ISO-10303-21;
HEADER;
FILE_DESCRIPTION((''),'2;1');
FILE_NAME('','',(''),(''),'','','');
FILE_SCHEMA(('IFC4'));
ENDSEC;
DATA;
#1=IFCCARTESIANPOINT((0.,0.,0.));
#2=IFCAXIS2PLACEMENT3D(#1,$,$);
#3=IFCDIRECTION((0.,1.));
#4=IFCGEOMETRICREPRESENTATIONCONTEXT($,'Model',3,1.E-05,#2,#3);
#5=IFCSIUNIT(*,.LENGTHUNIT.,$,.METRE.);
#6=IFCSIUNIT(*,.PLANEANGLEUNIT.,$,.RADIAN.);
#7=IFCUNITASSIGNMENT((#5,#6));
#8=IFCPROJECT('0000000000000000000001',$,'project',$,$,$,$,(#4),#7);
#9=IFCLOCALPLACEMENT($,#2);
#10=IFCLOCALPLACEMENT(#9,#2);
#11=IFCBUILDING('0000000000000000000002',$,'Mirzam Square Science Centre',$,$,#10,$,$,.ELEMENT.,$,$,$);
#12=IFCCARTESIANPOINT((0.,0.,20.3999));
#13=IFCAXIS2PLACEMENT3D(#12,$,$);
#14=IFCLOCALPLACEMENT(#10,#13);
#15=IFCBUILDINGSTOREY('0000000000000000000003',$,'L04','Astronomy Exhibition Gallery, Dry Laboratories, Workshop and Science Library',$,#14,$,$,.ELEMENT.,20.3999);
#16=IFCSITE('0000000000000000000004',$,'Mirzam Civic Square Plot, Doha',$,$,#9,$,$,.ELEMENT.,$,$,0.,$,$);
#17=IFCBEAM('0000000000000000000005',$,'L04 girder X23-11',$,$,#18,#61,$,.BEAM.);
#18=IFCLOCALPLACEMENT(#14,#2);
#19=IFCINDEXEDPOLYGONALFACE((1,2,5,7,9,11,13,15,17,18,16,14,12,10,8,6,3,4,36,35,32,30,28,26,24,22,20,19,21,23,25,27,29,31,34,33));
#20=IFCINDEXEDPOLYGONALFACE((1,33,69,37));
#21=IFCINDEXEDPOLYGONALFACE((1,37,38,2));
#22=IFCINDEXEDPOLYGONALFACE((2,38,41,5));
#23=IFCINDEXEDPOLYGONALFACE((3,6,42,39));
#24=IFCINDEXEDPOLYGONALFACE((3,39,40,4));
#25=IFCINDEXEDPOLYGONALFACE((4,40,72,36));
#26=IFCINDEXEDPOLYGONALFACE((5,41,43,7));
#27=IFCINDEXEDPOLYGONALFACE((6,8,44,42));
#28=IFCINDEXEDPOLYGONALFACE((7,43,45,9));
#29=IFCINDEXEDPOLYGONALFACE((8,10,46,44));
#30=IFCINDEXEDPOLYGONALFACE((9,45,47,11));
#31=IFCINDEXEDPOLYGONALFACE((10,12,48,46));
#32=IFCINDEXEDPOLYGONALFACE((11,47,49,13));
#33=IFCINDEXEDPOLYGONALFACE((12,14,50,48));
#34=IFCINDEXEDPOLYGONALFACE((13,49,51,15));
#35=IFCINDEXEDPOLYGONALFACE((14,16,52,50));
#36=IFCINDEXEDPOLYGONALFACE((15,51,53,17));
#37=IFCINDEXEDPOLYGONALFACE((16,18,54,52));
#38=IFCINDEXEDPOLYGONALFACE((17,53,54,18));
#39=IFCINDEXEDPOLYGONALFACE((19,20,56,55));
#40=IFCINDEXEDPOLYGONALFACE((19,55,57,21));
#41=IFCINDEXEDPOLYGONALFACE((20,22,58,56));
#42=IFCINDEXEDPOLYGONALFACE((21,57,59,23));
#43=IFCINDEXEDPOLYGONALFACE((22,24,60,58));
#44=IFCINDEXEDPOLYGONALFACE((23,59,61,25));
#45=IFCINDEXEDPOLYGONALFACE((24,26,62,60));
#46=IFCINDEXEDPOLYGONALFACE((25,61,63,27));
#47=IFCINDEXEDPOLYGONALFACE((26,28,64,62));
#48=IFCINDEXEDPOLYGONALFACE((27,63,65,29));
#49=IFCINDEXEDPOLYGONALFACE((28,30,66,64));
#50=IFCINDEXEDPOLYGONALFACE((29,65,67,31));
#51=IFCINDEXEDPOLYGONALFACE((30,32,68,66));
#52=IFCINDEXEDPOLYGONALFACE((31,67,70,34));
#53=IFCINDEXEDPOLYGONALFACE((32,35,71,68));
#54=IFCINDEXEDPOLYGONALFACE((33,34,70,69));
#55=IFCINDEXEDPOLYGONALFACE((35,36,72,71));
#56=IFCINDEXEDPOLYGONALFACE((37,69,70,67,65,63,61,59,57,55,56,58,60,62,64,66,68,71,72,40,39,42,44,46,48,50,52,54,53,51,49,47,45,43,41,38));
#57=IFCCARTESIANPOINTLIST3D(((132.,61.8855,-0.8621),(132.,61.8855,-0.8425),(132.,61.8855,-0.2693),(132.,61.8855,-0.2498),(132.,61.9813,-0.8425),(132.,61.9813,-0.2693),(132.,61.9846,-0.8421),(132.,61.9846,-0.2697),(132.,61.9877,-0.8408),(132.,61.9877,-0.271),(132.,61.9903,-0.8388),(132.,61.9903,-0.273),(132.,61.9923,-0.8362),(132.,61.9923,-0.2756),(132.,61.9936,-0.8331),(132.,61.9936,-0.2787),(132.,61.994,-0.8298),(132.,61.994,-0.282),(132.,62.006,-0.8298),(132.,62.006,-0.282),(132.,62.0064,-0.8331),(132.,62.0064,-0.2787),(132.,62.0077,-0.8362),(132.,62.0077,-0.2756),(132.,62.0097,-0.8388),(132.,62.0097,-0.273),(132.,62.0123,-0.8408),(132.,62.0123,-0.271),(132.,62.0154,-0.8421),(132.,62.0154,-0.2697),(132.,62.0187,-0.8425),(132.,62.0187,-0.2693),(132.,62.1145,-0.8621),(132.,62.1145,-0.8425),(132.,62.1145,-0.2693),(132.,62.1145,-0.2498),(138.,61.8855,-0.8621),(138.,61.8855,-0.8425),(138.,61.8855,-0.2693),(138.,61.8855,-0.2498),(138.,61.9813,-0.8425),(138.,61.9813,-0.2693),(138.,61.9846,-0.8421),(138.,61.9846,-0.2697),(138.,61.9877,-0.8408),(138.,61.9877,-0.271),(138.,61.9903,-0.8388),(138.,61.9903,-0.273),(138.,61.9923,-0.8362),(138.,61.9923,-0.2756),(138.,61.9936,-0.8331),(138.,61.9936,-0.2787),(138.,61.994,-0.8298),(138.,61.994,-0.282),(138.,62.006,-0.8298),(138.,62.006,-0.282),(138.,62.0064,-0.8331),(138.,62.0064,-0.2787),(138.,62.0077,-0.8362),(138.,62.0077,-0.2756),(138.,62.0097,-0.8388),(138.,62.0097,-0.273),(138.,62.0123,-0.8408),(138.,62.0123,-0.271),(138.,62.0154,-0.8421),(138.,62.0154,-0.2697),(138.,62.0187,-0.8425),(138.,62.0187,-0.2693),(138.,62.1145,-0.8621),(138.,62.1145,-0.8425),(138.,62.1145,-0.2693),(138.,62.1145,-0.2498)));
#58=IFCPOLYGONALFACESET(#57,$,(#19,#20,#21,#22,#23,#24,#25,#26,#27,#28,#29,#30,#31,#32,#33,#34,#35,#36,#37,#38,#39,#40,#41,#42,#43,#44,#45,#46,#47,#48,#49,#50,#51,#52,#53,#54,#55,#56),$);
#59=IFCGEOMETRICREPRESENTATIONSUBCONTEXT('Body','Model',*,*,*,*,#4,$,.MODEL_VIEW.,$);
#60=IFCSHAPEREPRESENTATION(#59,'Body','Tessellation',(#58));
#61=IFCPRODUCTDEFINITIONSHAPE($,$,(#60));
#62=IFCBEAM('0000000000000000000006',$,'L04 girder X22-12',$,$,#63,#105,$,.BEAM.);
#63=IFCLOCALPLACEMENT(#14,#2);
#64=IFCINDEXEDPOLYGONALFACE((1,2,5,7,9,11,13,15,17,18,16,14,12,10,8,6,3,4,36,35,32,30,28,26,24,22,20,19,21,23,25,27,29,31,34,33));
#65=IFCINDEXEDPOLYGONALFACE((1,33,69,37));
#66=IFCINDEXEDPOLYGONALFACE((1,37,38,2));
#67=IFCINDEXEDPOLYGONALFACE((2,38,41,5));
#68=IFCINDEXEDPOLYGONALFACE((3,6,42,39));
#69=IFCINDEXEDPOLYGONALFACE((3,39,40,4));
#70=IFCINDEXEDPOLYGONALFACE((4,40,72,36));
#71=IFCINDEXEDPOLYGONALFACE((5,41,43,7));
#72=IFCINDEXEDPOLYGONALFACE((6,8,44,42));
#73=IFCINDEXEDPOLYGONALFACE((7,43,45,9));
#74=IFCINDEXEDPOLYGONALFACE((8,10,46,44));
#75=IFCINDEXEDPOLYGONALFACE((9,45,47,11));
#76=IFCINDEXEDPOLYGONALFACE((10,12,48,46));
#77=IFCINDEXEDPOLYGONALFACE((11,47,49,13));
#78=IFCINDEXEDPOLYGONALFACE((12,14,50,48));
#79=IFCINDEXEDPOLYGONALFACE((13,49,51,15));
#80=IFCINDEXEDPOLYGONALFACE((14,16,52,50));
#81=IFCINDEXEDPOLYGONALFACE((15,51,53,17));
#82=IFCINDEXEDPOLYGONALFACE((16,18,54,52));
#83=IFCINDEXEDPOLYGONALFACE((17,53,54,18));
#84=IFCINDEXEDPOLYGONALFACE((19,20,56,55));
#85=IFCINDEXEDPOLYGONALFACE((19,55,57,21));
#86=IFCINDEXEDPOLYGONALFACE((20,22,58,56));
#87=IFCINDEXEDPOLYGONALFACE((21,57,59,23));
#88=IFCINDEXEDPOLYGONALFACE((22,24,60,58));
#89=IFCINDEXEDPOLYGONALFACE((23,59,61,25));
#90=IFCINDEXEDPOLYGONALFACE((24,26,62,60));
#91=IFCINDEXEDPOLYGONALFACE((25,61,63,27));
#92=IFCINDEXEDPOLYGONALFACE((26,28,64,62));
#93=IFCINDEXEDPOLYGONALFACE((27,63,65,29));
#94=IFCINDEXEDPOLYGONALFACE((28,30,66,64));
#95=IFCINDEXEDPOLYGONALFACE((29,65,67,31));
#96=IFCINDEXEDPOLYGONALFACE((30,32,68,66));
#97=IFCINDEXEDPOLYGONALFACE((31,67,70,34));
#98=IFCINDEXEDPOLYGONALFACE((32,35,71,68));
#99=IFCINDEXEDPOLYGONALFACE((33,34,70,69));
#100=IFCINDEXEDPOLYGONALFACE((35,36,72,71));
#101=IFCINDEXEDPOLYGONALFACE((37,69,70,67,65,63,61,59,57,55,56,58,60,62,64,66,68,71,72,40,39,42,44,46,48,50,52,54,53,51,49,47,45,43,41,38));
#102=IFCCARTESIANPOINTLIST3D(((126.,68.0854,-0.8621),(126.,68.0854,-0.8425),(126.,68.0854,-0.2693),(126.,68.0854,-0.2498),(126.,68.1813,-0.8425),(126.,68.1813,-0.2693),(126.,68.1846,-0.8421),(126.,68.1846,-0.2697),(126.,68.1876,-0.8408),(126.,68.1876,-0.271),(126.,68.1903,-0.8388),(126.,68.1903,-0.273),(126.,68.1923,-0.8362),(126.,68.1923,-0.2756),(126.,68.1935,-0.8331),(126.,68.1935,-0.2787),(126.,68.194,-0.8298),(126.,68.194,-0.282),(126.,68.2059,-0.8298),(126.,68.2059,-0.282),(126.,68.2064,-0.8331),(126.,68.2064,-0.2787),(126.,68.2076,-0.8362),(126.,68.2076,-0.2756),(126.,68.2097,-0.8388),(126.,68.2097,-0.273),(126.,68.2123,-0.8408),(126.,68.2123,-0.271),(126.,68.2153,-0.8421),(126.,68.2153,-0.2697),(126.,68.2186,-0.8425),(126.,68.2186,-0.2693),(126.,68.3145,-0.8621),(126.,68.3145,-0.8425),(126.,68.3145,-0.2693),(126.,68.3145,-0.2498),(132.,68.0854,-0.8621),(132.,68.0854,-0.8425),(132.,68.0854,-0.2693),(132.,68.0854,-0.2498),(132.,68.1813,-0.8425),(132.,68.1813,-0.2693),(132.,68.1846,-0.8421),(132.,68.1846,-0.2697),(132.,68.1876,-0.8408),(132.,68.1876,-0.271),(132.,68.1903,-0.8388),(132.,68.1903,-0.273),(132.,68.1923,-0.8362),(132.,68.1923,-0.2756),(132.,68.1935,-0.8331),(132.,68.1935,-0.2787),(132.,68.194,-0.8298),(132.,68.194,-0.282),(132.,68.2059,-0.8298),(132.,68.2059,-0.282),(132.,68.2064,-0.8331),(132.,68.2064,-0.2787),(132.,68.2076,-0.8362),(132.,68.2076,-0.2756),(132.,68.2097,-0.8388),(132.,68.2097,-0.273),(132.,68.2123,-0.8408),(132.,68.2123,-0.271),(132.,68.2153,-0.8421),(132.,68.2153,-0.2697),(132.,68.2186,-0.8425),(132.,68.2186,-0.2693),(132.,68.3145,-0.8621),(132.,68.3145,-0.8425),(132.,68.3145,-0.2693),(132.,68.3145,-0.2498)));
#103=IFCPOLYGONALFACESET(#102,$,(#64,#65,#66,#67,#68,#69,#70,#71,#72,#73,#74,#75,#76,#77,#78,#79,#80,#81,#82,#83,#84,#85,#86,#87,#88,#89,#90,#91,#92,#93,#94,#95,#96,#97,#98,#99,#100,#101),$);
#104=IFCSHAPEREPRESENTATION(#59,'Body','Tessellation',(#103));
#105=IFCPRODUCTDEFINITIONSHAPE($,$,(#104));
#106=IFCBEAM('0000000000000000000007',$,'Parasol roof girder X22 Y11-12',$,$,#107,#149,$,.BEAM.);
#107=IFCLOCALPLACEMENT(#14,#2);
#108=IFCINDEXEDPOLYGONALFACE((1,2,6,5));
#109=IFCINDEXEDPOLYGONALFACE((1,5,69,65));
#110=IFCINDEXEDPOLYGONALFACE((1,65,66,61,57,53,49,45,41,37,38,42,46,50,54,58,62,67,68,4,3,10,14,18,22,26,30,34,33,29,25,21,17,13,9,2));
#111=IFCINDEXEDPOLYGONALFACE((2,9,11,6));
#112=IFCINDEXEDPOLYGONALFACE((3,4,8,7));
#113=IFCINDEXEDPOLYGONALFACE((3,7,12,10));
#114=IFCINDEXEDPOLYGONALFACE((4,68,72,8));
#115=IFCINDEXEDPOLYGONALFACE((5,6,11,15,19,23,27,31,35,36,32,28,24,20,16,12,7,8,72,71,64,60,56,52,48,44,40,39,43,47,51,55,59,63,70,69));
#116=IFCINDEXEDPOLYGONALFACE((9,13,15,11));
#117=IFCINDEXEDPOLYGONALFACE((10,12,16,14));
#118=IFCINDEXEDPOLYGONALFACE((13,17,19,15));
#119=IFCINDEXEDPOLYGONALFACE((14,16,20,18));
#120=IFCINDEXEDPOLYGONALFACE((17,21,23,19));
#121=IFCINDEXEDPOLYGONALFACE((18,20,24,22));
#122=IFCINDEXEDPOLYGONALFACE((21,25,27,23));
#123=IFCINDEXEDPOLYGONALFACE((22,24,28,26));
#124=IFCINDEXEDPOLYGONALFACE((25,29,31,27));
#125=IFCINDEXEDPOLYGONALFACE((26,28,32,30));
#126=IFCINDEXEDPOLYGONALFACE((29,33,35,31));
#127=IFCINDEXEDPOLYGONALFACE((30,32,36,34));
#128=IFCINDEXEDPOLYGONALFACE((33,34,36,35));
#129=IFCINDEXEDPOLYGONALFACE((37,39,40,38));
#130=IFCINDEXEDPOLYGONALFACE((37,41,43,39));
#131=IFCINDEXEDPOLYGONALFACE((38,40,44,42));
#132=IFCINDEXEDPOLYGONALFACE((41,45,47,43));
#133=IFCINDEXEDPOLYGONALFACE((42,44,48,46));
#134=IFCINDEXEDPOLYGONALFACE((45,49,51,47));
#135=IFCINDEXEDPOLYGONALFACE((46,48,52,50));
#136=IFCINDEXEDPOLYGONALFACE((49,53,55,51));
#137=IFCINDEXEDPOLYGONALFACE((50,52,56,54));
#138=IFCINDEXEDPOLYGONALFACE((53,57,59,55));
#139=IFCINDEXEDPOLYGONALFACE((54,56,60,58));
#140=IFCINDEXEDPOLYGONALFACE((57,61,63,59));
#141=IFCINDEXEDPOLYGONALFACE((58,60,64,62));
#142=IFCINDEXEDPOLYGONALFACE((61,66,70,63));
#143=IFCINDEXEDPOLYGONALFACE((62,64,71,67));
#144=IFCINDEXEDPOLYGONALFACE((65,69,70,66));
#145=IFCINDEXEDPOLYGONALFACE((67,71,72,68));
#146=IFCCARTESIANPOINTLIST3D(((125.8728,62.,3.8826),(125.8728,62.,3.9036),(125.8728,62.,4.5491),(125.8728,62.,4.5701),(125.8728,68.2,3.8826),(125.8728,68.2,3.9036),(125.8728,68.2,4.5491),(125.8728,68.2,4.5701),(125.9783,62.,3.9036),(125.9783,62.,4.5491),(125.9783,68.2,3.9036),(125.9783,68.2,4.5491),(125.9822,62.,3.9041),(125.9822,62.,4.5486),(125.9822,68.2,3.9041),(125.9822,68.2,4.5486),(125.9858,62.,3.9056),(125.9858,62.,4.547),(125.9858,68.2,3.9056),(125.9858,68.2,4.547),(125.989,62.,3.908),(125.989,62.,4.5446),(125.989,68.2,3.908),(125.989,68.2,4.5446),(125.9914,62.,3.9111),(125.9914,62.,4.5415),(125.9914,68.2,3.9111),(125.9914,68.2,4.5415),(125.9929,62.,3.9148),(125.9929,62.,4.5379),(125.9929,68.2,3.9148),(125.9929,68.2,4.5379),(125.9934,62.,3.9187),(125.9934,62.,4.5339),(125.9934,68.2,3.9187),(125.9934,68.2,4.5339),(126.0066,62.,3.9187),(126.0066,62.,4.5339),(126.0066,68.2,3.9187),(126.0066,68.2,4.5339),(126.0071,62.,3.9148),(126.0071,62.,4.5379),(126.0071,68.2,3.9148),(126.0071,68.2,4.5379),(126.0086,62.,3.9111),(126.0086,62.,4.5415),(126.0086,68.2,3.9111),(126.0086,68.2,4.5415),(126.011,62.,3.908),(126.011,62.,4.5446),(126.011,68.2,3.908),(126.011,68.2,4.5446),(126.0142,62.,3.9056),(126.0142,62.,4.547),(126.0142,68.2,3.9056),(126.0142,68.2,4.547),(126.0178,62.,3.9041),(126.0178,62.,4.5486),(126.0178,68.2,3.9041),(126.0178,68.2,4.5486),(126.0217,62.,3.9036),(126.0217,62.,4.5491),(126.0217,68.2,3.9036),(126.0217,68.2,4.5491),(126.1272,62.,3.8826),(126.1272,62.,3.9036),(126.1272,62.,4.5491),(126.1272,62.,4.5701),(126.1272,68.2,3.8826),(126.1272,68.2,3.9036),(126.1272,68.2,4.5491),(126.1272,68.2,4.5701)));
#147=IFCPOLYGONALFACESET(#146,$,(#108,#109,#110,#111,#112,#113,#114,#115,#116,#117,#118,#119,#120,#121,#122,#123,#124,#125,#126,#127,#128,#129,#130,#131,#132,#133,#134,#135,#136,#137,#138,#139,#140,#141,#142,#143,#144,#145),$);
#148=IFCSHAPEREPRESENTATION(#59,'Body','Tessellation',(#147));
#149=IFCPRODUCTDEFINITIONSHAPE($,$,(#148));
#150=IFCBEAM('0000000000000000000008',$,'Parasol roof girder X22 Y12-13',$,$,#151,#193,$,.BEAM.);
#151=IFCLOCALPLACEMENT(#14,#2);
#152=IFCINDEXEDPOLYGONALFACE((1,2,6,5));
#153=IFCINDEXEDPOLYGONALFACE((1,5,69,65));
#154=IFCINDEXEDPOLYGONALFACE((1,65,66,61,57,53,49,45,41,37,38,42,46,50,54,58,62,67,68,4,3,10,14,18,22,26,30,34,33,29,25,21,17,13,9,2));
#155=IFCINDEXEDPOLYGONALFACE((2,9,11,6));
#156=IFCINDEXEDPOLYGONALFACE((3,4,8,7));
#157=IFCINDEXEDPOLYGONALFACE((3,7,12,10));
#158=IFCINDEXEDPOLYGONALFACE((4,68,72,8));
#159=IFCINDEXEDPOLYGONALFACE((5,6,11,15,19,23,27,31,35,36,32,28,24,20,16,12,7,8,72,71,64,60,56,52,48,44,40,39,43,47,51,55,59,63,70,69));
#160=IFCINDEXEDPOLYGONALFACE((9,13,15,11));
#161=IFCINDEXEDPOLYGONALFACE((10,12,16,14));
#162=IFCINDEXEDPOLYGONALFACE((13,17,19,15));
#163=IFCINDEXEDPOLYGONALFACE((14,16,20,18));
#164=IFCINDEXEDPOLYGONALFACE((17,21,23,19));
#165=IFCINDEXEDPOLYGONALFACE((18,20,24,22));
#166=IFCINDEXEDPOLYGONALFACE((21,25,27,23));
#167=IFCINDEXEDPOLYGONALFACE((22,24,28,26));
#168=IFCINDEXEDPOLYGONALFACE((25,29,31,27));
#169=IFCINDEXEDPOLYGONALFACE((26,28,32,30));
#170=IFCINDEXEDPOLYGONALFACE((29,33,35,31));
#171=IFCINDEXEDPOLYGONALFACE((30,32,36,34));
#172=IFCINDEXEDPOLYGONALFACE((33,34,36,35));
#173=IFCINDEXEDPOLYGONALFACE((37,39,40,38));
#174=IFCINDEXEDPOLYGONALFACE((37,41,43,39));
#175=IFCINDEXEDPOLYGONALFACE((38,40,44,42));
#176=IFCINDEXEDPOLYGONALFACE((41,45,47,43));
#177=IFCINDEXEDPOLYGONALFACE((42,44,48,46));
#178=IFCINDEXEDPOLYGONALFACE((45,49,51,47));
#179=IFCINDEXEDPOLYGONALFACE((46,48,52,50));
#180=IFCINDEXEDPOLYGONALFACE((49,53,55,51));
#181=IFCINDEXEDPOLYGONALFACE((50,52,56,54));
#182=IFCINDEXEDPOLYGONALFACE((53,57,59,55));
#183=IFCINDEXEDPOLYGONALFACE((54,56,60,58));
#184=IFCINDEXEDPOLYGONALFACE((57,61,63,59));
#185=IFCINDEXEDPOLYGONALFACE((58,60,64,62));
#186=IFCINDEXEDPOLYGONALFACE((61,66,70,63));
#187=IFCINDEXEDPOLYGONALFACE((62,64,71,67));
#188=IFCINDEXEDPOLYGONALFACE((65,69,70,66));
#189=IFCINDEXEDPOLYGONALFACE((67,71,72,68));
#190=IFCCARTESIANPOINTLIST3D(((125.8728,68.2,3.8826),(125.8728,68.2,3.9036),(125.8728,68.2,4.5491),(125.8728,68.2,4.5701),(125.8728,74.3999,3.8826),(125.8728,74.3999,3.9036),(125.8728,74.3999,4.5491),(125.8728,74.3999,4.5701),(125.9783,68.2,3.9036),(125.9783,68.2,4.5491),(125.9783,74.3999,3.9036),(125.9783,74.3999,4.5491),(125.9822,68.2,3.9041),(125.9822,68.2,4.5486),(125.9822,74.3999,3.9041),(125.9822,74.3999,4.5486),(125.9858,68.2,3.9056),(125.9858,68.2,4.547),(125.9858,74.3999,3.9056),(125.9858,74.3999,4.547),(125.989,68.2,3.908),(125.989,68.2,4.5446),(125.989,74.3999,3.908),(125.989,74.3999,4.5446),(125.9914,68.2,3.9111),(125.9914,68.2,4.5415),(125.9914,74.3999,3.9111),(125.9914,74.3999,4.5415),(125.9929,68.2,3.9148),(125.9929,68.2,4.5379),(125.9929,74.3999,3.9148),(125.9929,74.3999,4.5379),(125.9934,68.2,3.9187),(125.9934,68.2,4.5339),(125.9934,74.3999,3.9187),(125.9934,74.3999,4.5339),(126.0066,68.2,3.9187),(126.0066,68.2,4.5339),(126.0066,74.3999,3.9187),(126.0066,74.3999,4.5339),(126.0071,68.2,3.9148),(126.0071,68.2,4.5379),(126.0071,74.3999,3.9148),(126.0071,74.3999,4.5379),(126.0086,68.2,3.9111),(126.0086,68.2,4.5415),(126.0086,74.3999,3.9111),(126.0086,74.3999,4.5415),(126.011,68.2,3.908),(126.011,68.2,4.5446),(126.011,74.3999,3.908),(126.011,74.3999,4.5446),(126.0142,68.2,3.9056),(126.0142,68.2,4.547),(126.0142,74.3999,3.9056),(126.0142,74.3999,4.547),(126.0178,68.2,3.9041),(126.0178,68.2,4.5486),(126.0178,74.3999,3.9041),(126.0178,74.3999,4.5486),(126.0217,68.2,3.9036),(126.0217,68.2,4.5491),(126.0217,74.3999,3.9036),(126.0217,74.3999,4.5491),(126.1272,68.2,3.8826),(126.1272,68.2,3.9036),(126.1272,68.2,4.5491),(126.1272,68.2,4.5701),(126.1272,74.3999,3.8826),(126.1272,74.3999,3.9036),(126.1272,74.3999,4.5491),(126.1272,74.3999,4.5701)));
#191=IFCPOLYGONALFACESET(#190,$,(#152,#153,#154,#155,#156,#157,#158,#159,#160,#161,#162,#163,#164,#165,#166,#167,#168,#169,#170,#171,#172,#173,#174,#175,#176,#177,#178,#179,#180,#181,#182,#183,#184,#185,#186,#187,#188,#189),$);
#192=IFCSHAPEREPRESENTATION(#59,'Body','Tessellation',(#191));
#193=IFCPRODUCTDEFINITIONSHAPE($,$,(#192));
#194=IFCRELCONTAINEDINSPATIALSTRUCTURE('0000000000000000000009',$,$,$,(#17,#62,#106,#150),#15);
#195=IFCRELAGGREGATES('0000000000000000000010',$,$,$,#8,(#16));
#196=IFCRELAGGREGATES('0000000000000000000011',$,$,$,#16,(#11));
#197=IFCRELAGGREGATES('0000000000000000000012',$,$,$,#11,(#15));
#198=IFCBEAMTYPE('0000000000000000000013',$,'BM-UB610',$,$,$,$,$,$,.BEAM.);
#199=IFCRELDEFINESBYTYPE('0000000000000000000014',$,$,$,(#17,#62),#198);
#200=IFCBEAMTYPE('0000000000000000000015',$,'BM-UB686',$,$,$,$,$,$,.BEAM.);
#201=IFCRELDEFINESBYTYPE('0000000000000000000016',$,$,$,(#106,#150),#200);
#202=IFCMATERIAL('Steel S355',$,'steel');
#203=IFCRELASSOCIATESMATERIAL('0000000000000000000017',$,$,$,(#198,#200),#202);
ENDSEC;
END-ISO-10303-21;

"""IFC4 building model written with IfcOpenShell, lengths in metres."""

from ifc_helpers import new_model, si_unit, direction, frame, origin, origin_2d, place, context, subcontext, project, spatial, i_section, extrude, material, material_profile, profile_set, type_object, element, save


model = new_model("IFC4")

# Units and contexts
model_context = context("Model", 3, precision=1e-05, world=origin(), true_north=direction((0.0, 1.0)))
body_context = subcontext(model_context, "Body", "Model", "MODEL_VIEW")
ifc_project = project(units=[si_unit("LENGTHUNIT", "METRE"), si_unit("PLANEANGLEUNIT", "RADIAN")], contexts=[model_context])

# Site, building, storey
site_placement = place(None, origin())
site = spatial("IfcSite", under=ifc_project, at=site_placement, Name="Mirzam Civic Square Plot, Doha", CompositionType="ELEMENT", RefElevation=0.0)
building_placement = place(site_placement, origin())
building = spatial("IfcBuilding", under=site, at=building_placement, Name="Mirzam Square Science Centre", CompositionType="ELEMENT")
storey_placement = place(building_placement, frame((0.0, 0.0, 20.3999)))
storey = spatial("IfcBuildingStorey", under=building, at=storey_placement, Name="L04", Description="Astronomy Exhibition Gallery, Dry Laboratories, Workshop and Science Library", CompositionType="ELEMENT", Elevation=20.3999)

# Shared definitions
ifc_material = material(Name="Steel S355", Category="steel")

# Beams
ifc_material_profile_1 = material_profile(ifc_material, i_section(OverallWidth=0.229, OverallDepth=0.6123, WebThickness=0.012, FlangeThickness=0.0195, FilletRadius=0.0127, at=origin_2d()), Name="610x229x125UB")
ifc_profile_set_1 = profile_set([ifc_material_profile_1], Name="Steel S355")
beam_type_1 = type_object("IfcBeamType", Name="BM-UB610", PredefinedType="BEAM", material=ifc_profile_set_1)
for number, where, z_axis, x_axis, name in (
    (1, (132.0, 62.0, -0.5559), (1.0, 0.0, 0.0), (0.0, 1.0, 0.0), "L04 girder X23-11"),
    (2, (126.0, 68.2, -0.5559), (1.0, 0.0, 0.0), (0.0, 1.0, 0.0), "L04 girder X22-12"),
):
    element("IfcBeam", number, at=place(storey_placement, frame(where, z_axis=z_axis, x_axis=x_axis)), inside=storey, type_object=beam_type_1, Name=name, PredefinedType="BEAM", context=body_context, shape_type="SweptSolid", body=[
        extrude(i_section(OverallWidth=0.229, OverallDepth=0.6123, WebThickness=0.012, FlangeThickness=0.0195, FilletRadius=0.0127, at=origin_2d()), origin(), (0.0, 0.0, 1.0), 6.0),
    ])
ifc_material_profile_2 = material_profile(ifc_material, i_section(OverallWidth=0.2544, OverallDepth=0.6875, WebThickness=0.0132, FlangeThickness=0.021, FilletRadius=0.0151, at=origin_2d()), Name="686x254x152UB")
ifc_profile_set_2 = profile_set([ifc_material_profile_2], Name="Steel S355")
beam_type_2 = type_object("IfcBeamType", Name="BM-UB686", PredefinedType="BEAM", material=ifc_profile_set_2)
for number, where, z_axis, x_axis, name in (
    (3, (126.0, 62.0, 4.2263), (0.0, 1.0, 0.0), (-1.0, 0.0, 0.0), "Parasol roof girder X22 Y11-12"),
    (4, (126.0, 68.2, 4.2263), (0.0, 1.0, 0.0), (-1.0, 0.0, 0.0), "Parasol roof girder X22 Y12-13"),
):
    element("IfcBeam", number, at=place(storey_placement, frame(where, z_axis=z_axis, x_axis=x_axis)), inside=storey, type_object=beam_type_2, Name=name, PredefinedType="BEAM", context=body_context, shape_type="SweptSolid", body=[
        extrude(i_section(OverallWidth=0.2544, OverallDepth=0.6875, WebThickness=0.0132, FlangeThickness=0.021, FilletRadius=0.0151, at=origin_2d()), origin(), (0.0, 0.0, 1.0), 6.2),
    ])

save(model, "model.ifc")
